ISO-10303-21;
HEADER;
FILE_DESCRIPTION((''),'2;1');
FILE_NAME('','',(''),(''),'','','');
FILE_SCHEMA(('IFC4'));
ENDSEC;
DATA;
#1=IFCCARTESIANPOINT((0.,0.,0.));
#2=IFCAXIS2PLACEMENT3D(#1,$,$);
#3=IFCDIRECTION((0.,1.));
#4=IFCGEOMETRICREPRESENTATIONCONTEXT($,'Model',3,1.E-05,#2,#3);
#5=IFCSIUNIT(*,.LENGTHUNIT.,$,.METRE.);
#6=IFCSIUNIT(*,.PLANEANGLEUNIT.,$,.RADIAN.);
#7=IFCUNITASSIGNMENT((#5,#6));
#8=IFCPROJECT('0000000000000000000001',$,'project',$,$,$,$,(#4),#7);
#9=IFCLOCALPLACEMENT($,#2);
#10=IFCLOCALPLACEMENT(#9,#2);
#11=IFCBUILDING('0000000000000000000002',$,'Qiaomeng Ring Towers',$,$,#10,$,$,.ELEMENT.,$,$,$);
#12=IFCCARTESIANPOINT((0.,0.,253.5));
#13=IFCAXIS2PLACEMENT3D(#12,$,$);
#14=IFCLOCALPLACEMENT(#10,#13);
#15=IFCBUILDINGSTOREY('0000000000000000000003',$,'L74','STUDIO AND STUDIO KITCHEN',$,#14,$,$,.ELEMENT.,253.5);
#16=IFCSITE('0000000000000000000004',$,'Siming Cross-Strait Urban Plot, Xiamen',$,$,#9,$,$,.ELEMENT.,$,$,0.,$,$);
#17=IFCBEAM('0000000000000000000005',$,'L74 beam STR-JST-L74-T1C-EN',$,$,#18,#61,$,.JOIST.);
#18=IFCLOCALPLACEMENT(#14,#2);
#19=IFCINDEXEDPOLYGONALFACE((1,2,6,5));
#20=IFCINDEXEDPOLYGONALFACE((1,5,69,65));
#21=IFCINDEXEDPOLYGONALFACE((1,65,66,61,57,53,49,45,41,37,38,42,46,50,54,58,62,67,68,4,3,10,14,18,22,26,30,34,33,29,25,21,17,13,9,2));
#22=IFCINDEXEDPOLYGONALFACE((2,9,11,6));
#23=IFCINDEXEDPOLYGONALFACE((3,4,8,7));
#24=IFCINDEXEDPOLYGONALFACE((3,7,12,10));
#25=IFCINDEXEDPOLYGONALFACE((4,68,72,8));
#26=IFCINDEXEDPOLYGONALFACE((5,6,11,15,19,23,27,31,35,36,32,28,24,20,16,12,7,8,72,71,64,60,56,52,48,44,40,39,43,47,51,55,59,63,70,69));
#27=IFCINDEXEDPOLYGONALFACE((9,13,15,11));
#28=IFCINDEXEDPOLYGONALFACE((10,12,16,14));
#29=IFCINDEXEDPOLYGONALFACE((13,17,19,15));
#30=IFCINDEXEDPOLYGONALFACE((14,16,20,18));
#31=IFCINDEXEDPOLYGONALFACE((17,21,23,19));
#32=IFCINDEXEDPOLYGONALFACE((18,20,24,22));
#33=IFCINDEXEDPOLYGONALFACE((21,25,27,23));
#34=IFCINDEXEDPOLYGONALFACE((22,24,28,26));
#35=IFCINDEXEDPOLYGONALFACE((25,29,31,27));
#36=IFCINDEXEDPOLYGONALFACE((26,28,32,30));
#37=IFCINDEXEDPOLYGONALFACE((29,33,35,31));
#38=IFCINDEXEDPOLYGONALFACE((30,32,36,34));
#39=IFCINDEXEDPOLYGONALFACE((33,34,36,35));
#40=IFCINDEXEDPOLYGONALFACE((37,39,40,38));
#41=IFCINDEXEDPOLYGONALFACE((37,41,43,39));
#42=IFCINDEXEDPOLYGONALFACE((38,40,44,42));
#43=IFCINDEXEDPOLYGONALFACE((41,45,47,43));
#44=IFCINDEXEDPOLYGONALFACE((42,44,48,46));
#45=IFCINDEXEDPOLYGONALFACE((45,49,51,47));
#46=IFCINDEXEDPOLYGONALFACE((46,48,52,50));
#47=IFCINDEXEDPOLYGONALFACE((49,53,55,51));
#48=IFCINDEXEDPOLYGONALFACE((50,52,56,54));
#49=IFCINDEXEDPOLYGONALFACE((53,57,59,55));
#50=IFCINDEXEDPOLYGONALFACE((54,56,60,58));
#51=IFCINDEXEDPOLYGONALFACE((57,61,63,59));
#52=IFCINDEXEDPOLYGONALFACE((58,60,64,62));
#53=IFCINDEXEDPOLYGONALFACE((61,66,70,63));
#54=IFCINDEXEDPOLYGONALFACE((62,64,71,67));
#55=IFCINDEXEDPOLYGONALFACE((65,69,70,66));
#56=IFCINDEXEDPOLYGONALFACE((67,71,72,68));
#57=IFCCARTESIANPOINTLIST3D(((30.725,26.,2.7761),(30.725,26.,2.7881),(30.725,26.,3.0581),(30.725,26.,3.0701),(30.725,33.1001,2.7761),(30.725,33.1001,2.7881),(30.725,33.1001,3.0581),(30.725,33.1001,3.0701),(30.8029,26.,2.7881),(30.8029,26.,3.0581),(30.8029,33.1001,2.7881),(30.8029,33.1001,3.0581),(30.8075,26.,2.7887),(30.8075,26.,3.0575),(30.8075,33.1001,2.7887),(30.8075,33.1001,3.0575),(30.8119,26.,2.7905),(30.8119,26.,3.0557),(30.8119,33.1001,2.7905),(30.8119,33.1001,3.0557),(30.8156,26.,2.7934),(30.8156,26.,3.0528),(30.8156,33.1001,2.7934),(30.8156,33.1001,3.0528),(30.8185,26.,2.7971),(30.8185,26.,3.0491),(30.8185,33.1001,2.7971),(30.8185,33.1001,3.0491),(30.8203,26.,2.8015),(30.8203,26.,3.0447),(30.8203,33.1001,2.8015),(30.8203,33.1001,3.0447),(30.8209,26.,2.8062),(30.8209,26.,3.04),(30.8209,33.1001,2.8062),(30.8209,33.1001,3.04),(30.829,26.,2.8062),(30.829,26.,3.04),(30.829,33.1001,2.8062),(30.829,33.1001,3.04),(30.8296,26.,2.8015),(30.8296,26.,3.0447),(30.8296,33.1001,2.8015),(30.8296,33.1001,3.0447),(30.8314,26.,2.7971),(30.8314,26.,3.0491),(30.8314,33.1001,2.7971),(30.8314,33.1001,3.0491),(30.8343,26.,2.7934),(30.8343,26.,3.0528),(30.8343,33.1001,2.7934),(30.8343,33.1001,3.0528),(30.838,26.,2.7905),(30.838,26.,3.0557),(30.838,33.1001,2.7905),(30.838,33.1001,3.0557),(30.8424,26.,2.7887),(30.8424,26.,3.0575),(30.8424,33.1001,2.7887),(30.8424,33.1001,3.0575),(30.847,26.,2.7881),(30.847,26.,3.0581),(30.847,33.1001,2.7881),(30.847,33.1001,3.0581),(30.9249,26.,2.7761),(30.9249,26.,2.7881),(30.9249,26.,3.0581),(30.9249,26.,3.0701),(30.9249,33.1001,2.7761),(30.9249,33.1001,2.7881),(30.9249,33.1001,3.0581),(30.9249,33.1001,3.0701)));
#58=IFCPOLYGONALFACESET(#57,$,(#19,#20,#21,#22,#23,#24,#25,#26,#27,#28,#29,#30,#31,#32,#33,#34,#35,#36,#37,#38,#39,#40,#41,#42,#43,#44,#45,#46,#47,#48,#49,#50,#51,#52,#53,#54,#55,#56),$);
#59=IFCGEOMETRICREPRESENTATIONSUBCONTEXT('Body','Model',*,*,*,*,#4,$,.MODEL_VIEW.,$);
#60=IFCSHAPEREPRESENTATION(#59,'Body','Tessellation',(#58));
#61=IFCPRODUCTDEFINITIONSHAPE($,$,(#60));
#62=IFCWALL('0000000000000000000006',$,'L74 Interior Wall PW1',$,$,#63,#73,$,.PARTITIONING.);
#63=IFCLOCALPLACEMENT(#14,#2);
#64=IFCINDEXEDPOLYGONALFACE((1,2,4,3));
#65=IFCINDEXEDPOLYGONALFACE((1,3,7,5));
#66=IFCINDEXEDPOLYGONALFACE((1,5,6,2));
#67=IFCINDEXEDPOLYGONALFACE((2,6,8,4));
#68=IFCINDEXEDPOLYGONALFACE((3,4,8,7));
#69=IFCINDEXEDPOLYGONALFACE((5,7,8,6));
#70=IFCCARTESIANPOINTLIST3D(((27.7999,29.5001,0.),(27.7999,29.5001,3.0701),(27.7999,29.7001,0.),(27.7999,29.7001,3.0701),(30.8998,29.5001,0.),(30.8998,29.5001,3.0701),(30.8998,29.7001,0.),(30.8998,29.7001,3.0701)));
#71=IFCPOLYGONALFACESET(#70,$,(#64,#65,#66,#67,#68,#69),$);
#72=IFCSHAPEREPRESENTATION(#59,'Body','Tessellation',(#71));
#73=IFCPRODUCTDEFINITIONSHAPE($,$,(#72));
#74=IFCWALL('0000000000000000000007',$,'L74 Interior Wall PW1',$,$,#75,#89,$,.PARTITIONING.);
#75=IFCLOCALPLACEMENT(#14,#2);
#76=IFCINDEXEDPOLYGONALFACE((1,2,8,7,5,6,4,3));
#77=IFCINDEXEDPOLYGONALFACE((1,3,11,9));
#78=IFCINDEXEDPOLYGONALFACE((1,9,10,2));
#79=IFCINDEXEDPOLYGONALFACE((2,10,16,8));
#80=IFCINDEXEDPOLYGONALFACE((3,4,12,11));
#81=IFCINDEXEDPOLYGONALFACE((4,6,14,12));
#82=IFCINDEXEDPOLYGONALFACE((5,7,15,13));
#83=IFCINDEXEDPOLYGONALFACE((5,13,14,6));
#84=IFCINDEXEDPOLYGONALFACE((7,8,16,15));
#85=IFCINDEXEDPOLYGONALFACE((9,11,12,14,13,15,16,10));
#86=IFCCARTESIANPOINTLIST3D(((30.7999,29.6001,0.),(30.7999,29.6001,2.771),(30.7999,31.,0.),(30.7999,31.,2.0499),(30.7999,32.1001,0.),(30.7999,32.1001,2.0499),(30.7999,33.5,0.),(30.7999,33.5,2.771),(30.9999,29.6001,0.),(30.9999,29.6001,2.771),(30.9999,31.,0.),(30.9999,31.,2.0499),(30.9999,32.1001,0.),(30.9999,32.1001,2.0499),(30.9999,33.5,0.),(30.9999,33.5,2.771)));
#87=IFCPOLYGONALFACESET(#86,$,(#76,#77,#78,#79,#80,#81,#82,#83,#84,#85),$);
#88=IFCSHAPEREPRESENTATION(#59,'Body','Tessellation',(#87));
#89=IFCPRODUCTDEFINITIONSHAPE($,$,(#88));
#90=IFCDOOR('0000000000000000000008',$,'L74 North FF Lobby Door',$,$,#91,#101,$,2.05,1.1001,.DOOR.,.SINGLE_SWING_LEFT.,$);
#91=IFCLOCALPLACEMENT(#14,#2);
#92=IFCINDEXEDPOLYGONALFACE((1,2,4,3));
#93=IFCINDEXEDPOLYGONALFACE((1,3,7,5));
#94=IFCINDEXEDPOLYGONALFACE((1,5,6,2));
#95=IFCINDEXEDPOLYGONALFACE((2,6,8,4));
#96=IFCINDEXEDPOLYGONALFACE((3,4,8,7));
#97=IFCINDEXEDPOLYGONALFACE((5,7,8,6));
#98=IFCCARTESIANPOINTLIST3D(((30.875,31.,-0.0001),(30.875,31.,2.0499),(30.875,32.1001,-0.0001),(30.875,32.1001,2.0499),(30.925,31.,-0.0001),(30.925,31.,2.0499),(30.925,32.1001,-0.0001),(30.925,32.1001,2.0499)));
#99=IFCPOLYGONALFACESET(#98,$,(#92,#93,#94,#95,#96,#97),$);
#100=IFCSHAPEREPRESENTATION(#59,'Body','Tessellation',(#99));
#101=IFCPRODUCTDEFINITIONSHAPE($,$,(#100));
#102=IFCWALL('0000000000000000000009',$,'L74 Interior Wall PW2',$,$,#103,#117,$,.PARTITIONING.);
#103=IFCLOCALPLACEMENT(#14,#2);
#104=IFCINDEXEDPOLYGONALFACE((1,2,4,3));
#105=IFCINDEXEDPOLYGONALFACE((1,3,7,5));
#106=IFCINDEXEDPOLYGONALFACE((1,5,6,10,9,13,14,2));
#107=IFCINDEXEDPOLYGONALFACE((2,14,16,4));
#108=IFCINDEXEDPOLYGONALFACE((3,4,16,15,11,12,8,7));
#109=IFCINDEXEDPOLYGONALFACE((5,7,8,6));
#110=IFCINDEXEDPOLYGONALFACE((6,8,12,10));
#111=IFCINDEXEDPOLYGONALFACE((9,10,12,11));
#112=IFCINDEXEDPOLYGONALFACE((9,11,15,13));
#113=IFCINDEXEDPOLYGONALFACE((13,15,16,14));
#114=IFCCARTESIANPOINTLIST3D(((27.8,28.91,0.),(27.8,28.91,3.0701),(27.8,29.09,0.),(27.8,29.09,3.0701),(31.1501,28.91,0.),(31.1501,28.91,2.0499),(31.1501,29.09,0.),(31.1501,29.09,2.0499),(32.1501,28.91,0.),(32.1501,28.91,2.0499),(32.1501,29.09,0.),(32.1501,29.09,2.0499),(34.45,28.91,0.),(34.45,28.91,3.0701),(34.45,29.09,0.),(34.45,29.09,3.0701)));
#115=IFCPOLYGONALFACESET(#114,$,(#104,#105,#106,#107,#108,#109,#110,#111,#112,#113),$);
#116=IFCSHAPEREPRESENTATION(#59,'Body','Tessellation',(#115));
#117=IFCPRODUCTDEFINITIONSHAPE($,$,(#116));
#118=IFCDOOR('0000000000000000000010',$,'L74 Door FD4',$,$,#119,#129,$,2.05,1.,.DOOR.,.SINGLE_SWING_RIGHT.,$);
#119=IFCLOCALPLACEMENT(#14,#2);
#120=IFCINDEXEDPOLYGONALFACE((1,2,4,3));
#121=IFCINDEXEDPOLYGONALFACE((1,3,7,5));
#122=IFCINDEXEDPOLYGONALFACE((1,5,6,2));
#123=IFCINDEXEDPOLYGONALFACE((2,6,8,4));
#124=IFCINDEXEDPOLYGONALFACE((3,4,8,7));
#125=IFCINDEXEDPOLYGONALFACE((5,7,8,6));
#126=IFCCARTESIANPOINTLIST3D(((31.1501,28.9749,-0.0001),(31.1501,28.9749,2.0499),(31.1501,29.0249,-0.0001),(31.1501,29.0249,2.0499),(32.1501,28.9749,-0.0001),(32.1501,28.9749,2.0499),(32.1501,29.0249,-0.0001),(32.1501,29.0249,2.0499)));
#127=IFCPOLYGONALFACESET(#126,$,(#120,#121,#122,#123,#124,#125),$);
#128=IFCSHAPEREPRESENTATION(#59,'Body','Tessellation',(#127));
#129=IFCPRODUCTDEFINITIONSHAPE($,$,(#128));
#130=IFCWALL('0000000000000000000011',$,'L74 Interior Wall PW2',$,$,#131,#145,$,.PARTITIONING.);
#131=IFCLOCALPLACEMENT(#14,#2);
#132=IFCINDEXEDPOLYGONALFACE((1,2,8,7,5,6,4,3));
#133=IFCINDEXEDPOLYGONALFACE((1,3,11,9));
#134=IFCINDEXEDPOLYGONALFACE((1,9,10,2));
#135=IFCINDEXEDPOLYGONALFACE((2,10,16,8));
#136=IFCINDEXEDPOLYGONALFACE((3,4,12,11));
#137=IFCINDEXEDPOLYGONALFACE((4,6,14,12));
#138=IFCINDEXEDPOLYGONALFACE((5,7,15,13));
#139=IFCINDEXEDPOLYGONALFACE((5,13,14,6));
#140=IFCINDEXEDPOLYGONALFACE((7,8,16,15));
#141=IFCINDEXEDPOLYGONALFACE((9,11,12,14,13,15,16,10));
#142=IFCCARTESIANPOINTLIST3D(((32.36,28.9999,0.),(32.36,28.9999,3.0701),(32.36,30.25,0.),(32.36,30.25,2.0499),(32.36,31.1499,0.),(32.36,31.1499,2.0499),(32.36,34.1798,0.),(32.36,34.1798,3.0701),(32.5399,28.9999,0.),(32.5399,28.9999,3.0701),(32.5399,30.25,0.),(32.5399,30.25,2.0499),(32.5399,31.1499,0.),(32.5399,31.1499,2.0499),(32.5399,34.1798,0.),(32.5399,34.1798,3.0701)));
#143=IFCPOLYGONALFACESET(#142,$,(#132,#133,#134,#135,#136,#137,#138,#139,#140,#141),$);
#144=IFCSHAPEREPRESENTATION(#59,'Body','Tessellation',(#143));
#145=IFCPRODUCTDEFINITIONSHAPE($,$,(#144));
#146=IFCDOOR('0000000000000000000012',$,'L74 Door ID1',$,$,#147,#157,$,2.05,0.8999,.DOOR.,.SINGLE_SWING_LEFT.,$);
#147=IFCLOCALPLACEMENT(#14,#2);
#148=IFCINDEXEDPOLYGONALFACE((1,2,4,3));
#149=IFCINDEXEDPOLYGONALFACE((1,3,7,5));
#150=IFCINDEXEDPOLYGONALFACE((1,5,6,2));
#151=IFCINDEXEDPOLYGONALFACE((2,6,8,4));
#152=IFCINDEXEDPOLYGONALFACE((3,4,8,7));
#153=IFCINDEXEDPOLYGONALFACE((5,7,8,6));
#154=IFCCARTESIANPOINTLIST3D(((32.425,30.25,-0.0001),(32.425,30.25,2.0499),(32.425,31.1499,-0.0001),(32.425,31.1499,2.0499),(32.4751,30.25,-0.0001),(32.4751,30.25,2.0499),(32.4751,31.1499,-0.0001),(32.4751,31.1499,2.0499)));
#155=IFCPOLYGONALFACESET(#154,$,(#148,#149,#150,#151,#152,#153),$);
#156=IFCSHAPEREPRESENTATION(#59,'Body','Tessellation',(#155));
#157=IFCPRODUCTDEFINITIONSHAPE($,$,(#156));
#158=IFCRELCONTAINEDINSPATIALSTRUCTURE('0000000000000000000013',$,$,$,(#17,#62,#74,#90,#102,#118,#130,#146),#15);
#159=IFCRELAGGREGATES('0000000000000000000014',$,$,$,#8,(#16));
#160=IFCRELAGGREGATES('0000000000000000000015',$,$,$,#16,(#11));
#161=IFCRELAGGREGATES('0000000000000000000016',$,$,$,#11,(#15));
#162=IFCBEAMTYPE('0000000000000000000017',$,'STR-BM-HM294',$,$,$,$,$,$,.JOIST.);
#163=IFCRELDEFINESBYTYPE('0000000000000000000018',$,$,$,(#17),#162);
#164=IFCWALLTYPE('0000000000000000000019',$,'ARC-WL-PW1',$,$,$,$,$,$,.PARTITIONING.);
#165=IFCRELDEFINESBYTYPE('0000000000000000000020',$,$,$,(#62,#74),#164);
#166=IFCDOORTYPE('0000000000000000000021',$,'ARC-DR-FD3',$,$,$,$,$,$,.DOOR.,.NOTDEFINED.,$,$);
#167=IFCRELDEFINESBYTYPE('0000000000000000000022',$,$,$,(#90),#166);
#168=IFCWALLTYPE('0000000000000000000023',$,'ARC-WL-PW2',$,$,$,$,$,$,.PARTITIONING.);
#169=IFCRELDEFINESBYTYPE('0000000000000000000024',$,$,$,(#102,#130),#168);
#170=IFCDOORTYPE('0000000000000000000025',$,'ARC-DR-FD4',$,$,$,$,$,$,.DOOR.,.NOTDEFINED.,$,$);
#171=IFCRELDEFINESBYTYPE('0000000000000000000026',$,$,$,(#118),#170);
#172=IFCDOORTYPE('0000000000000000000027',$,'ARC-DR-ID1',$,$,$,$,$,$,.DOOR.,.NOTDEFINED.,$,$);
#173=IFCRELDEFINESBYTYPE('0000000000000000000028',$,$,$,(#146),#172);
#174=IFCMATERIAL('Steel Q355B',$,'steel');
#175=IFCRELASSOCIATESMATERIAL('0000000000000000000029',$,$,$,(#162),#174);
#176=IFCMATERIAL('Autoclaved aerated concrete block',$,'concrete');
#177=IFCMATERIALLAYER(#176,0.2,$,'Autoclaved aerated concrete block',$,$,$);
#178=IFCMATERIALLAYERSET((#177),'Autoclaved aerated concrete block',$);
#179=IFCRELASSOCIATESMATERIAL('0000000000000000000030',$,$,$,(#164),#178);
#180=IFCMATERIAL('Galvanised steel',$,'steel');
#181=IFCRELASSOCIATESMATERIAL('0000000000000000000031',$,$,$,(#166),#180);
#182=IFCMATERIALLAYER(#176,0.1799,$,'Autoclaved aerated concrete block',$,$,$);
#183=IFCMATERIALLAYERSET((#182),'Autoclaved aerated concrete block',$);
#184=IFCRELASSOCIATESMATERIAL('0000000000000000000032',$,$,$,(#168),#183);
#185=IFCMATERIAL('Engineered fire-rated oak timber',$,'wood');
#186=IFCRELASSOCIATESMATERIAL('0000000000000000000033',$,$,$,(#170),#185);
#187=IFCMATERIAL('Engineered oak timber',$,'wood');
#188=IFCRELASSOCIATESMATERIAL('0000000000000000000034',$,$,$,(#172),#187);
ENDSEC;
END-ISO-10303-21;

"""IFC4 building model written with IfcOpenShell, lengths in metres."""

from ifc_helpers import new_model, si_unit, direction, frame, frame_2d, origin, origin_2d, place, context, subcontext, project, spatial, rectangle, i_section, extrude, source, transform, mapped, material, layer, layer_set, material_profile, profile_set, type_object, element, fill, save


model = new_model("IFC4")

# Units and contexts
model_context = context("Model", 3, precision=1e-05, world=origin(), true_north=direction((0.0, 1.0)))
body_context = subcontext(model_context, "Body", "Model", "MODEL_VIEW")
ifc_project = project(units=[si_unit("LENGTHUNIT", "METRE"), si_unit("PLANEANGLEUNIT", "RADIAN")], contexts=[model_context])

# Site, building, storey
site_placement = place(None, origin())
site = spatial("IfcSite", under=ifc_project, at=site_placement, Name="Siming Cross-Strait Urban Plot, Xiamen", CompositionType="ELEMENT", RefElevation=0.0)
building_placement = place(site_placement, origin())
building = spatial("IfcBuilding", under=site, at=building_placement, Name="Qiaomeng Ring Towers", CompositionType="ELEMENT")
storey_placement = place(building_placement, frame((0.0, 0.0, 253.5)))
storey = spatial("IfcBuildingStorey", under=building, at=storey_placement, Name="L74", Description="STUDIO AND STUDIO KITCHEN", CompositionType="ELEMENT", Elevation=253.5)

# Beam
ifc_material_1 = material(Name="Steel Q355B", Category="steel")
ifc_material_profile_1 = material_profile(ifc_material_1, i_section(OverallWidth=0.2, OverallDepth=0.2939, WebThickness=0.0081, FlangeThickness=0.012, FilletRadius=0.0181, at=origin_2d()), Name="HM 294x200x8x12")
ifc_profile_set_1 = profile_set([ifc_material_profile_1], Name="Steel Q355B")
beam_type_1 = type_object("IfcBeamType", Name="STR-BM-HM294", PredefinedType="JOIST", material=ifc_profile_set_1)
shared_shape_1 = source(origin(), body_context, "Body", "SweptSolid", [
    extrude(i_section(OverallWidth=0.2, OverallDepth=0.2939, WebThickness=0.0081, FlangeThickness=0.012, FilletRadius=0.0181, at=origin_2d()), origin(), (0.0, 0.0, 1.0), 7.1001),
])
beam_1_placement = place(storey_placement, frame((30.825, 26.0, 2.9231), z_axis=(0.0, 1.0, 0.0), x_axis=(-1.0, 0.0, 0.0)))
element("IfcBeam", 1, at=beam_1_placement, inside=storey, type_object=beam_type_1, Name="L74 beam STR-JST-L74-T1C-EN", PredefinedType="JOIST", context=body_context, shape_type="MappedRepresentation", body=[
    mapped(shared_shape_1, transform((0.0, 0.0, 0.0), x_axis=(1.0, 0.0, 0.0), y_axis=(0.0, 1.0, 0.0), z_axis=(0.0, 0.0, 1.0), scale=1.0)),
])

# Wall
ifc_material_2 = material(Name="Autoclaved aerated concrete block", Category="concrete")
ifc_layer_1 = layer(ifc_material_2, 0.2, Name="Autoclaved aerated concrete block")
ifc_layer_set_1 = layer_set([ifc_layer_1], Name="Autoclaved aerated concrete block")
wall_type_1 = type_object("IfcWallType", Name="ARC-WL-PW1", PredefinedType="PARTITIONING", material=ifc_layer_set_1)
wall_1_placement = place(storey_placement, frame((27.8, 29.6001, 0.0), z_axis=(0.0, 0.0, 1.0), x_axis=(1.0, 0.0, 0.0)))
element("IfcWall", 2, at=wall_1_placement, inside=storey, type_object=wall_type_1, Name="L74 Interior Wall PW1", PredefinedType="PARTITIONING", context=body_context, shape_type="SweptSolid", body=[
    extrude(rectangle(XDim=3.0999, YDim=0.2, at=frame_2d((1.5498, 0.0))), origin(), (0.0, 0.0, 1.0), 3.0701),
])

# Walls, openings, doors
wall_2_placement = place(storey_placement, frame((30.8999, 29.6001, 0.0), z_axis=(0.0, 0.0, 1.0), x_axis=(0.0, 1.0, 0.0)))
wall_2 = element("IfcWall", 3, at=wall_2_placement, inside=storey, type_object=wall_type_1, Name="L74 Interior Wall PW1", PredefinedType="PARTITIONING", context=body_context, shape_type="SweptSolid", body=[
    extrude(rectangle(XDim=3.8999, YDim=0.2, at=frame_2d((1.95, 0.0))), origin(), (0.0, 0.0, 1.0), 2.771),
])
opening_1_placement = place(wall_2_placement, frame((1.3999, 0.0, 0.0)))
opening_1 = element("IfcOpeningElement", 4, at=opening_1_placement, cuts=wall_2, PredefinedType="OPENING", context=body_context, shape_type="SweptSolid", body=[
    extrude(rectangle(XDim=1.1001, YDim=2.05, at=frame_2d((0.55, 1.0249))), frame((0.0, 0.1099, 0.0), z_axis=(0.0, -1.0, 0.0), x_axis=(1.0, 0.0, 0.0)), (0.0, 0.0, 1.0), 0.22),
])
ifc_material_3 = material(Name="Galvanised steel", Category="steel")
door_type_1 = type_object("IfcDoorType", Name="ARC-DR-FD3", OperationType="NOTDEFINED", PredefinedType="DOOR", material=ifc_material_3)
shared_shape_2 = source(origin(), body_context, "Body", "SweptSolid", [
    extrude(rectangle(XDim=1.1001, YDim=2.05, at=frame_2d((0.55, 1.0249))), frame((0.0, 0.0249, 0.0), z_axis=(0.0, -1.0, 0.0), x_axis=(1.0, 0.0, 0.0)), (0.0, 0.0, 1.0), 0.05),
])
door_1_placement = place(opening_1_placement, origin())
door_1 = element("IfcDoor", 5, at=door_1_placement, inside=storey, type_object=door_type_1, Name="L74 North FF Lobby Door", OperationType="SINGLE_SWING_LEFT", OverallHeight=2.05, OverallWidth=1.1001, PredefinedType="DOOR", context=body_context, shape_type="MappedRepresentation", body=[
    mapped(shared_shape_2, transform((0.0, 0.0, 0.0), x_axis=(1.0, 0.0, 0.0), y_axis=(0.0, 1.0, 0.0), z_axis=(0.0, 0.0, 1.0), scale=1.0)),
])
fill(opening_1, door_1)
ifc_layer_2 = layer(ifc_material_2, 0.1799, Name="Autoclaved aerated concrete block")
ifc_layer_set_2 = layer_set([ifc_layer_2], Name="Autoclaved aerated concrete block")
wall_type_2 = type_object("IfcWallType", Name="ARC-WL-PW2", PredefinedType="PARTITIONING", material=ifc_layer_set_2)
wall_3_placement = place(storey_placement, frame((27.8, 29.0, 0.0), z_axis=(0.0, 0.0, 1.0), x_axis=(1.0, 0.0, 0.0)))
wall_3 = element("IfcWall", 6, at=wall_3_placement, inside=storey, type_object=wall_type_2, Name="L74 Interior Wall PW2", PredefinedType="PARTITIONING", context=body_context, shape_type="SweptSolid", body=[
    extrude(rectangle(XDim=6.6499, YDim=0.1799, at=frame_2d((3.325, 0.0))), origin(), (0.0, 0.0, 1.0), 3.0701),
])
opening_2_placement = place(wall_3_placement, frame((3.3501, 0.0, 0.0)))
opening_2 = element("IfcOpeningElement", 7, at=opening_2_placement, cuts=wall_3, PredefinedType="OPENING", context=body_context, shape_type="SweptSolid", body=[
    extrude(rectangle(XDim=1.0, YDim=2.05, at=frame_2d((0.5, 1.0249))), frame((0.0, 0.0999, 0.0), z_axis=(0.0, -1.0, 0.0), x_axis=(1.0, 0.0, 0.0)), (0.0, 0.0, 1.0), 0.2),
])
ifc_material_4 = material(Name="Engineered fire-rated oak timber", Category="wood")
door_type_2 = type_object("IfcDoorType", Name="ARC-DR-FD4", OperationType="NOTDEFINED", PredefinedType="DOOR", material=ifc_material_4)
shared_shape_3 = source(origin(), body_context, "Body", "SweptSolid", [
    extrude(rectangle(XDim=1.0, YDim=2.05, at=frame_2d((0.5, 1.0249))), frame((0.0, 0.0249, 0.0), z_axis=(0.0, -1.0, 0.0), x_axis=(1.0, 0.0, 0.0)), (0.0, 0.0, 1.0), 0.05),
])
door_2_placement = place(opening_2_placement, origin())
door_2 = element("IfcDoor", 8, at=door_2_placement, inside=storey, type_object=door_type_2, Name="L74 Door FD4", OperationType="SINGLE_SWING_RIGHT", OverallHeight=2.05, OverallWidth=1.0, PredefinedType="DOOR", context=body_context, shape_type="MappedRepresentation", body=[
    mapped(shared_shape_3, transform((0.0, 0.0, 0.0), x_axis=(1.0, 0.0, 0.0), y_axis=(0.0, 1.0, 0.0), z_axis=(0.0, 0.0, 1.0), scale=1.0)),
])
fill(opening_2, door_2)
wall_4_placement = place(storey_placement, frame((32.45, 29.0, 0.0), z_axis=(0.0, 0.0, 1.0), x_axis=(0.0, 1.0, 0.0)))
wall_4 = element("IfcWall", 9, at=wall_4_placement, inside=storey, type_object=wall_type_2, Name="L74 Interior Wall PW2", PredefinedType="PARTITIONING", context=body_context, shape_type="SweptSolid", body=[
    extrude(rectangle(XDim=5.1799, YDim=0.1799, at=frame_2d((2.5898, 0.0))), origin(), (0.0, 0.0, 1.0), 3.0701),
])
opening_3_placement = place(wall_4_placement, frame((1.25, 0.0, 0.0)))
opening_3 = element("IfcOpeningElement", 10, at=opening_3_placement, cuts=wall_4, PredefinedType="OPENING", context=body_context, shape_type="SweptSolid", body=[
    extrude(rectangle(XDim=0.8999, YDim=2.05, at=frame_2d((0.45, 1.0249))), frame((0.0, 0.0999, 0.0), z_axis=(0.0, -1.0, 0.0), x_axis=(1.0, 0.0, 0.0)), (0.0, 0.0, 1.0), 0.2),
])
ifc_material_5 = material(Name="Engineered oak timber", Category="wood")
door_type_3 = type_object("IfcDoorType", Name="ARC-DR-ID1", OperationType="NOTDEFINED", PredefinedType="DOOR", material=ifc_material_5)
shared_shape_4 = source(origin(), body_context, "Body", "SweptSolid", [
    extrude(rectangle(XDim=0.8999, YDim=2.05, at=frame_2d((0.45, 1.0249))), frame((0.0, 0.0249, 0.0), z_axis=(0.0, -1.0, 0.0), x_axis=(1.0, 0.0, 0.0)), (0.0, 0.0, 1.0), 0.05),
])
door_3_placement = place(opening_3_placement, origin())
door_3 = element("IfcDoor", 11, at=door_3_placement, inside=storey, type_object=door_type_3, Name="L74 Door ID1", OperationType="SINGLE_SWING_LEFT", OverallHeight=2.05, OverallWidth=0.8999, PredefinedType="DOOR", context=body_context, shape_type="MappedRepresentation", body=[
    mapped(shared_shape_4, transform((0.0, 0.0, 0.0), x_axis=(1.0, 0.0, 0.0), y_axis=(0.0, 1.0, 0.0), z_axis=(0.0, 0.0, 1.0), scale=1.0)),
])
fill(opening_3, door_3)

save(model, "model.ifc")
